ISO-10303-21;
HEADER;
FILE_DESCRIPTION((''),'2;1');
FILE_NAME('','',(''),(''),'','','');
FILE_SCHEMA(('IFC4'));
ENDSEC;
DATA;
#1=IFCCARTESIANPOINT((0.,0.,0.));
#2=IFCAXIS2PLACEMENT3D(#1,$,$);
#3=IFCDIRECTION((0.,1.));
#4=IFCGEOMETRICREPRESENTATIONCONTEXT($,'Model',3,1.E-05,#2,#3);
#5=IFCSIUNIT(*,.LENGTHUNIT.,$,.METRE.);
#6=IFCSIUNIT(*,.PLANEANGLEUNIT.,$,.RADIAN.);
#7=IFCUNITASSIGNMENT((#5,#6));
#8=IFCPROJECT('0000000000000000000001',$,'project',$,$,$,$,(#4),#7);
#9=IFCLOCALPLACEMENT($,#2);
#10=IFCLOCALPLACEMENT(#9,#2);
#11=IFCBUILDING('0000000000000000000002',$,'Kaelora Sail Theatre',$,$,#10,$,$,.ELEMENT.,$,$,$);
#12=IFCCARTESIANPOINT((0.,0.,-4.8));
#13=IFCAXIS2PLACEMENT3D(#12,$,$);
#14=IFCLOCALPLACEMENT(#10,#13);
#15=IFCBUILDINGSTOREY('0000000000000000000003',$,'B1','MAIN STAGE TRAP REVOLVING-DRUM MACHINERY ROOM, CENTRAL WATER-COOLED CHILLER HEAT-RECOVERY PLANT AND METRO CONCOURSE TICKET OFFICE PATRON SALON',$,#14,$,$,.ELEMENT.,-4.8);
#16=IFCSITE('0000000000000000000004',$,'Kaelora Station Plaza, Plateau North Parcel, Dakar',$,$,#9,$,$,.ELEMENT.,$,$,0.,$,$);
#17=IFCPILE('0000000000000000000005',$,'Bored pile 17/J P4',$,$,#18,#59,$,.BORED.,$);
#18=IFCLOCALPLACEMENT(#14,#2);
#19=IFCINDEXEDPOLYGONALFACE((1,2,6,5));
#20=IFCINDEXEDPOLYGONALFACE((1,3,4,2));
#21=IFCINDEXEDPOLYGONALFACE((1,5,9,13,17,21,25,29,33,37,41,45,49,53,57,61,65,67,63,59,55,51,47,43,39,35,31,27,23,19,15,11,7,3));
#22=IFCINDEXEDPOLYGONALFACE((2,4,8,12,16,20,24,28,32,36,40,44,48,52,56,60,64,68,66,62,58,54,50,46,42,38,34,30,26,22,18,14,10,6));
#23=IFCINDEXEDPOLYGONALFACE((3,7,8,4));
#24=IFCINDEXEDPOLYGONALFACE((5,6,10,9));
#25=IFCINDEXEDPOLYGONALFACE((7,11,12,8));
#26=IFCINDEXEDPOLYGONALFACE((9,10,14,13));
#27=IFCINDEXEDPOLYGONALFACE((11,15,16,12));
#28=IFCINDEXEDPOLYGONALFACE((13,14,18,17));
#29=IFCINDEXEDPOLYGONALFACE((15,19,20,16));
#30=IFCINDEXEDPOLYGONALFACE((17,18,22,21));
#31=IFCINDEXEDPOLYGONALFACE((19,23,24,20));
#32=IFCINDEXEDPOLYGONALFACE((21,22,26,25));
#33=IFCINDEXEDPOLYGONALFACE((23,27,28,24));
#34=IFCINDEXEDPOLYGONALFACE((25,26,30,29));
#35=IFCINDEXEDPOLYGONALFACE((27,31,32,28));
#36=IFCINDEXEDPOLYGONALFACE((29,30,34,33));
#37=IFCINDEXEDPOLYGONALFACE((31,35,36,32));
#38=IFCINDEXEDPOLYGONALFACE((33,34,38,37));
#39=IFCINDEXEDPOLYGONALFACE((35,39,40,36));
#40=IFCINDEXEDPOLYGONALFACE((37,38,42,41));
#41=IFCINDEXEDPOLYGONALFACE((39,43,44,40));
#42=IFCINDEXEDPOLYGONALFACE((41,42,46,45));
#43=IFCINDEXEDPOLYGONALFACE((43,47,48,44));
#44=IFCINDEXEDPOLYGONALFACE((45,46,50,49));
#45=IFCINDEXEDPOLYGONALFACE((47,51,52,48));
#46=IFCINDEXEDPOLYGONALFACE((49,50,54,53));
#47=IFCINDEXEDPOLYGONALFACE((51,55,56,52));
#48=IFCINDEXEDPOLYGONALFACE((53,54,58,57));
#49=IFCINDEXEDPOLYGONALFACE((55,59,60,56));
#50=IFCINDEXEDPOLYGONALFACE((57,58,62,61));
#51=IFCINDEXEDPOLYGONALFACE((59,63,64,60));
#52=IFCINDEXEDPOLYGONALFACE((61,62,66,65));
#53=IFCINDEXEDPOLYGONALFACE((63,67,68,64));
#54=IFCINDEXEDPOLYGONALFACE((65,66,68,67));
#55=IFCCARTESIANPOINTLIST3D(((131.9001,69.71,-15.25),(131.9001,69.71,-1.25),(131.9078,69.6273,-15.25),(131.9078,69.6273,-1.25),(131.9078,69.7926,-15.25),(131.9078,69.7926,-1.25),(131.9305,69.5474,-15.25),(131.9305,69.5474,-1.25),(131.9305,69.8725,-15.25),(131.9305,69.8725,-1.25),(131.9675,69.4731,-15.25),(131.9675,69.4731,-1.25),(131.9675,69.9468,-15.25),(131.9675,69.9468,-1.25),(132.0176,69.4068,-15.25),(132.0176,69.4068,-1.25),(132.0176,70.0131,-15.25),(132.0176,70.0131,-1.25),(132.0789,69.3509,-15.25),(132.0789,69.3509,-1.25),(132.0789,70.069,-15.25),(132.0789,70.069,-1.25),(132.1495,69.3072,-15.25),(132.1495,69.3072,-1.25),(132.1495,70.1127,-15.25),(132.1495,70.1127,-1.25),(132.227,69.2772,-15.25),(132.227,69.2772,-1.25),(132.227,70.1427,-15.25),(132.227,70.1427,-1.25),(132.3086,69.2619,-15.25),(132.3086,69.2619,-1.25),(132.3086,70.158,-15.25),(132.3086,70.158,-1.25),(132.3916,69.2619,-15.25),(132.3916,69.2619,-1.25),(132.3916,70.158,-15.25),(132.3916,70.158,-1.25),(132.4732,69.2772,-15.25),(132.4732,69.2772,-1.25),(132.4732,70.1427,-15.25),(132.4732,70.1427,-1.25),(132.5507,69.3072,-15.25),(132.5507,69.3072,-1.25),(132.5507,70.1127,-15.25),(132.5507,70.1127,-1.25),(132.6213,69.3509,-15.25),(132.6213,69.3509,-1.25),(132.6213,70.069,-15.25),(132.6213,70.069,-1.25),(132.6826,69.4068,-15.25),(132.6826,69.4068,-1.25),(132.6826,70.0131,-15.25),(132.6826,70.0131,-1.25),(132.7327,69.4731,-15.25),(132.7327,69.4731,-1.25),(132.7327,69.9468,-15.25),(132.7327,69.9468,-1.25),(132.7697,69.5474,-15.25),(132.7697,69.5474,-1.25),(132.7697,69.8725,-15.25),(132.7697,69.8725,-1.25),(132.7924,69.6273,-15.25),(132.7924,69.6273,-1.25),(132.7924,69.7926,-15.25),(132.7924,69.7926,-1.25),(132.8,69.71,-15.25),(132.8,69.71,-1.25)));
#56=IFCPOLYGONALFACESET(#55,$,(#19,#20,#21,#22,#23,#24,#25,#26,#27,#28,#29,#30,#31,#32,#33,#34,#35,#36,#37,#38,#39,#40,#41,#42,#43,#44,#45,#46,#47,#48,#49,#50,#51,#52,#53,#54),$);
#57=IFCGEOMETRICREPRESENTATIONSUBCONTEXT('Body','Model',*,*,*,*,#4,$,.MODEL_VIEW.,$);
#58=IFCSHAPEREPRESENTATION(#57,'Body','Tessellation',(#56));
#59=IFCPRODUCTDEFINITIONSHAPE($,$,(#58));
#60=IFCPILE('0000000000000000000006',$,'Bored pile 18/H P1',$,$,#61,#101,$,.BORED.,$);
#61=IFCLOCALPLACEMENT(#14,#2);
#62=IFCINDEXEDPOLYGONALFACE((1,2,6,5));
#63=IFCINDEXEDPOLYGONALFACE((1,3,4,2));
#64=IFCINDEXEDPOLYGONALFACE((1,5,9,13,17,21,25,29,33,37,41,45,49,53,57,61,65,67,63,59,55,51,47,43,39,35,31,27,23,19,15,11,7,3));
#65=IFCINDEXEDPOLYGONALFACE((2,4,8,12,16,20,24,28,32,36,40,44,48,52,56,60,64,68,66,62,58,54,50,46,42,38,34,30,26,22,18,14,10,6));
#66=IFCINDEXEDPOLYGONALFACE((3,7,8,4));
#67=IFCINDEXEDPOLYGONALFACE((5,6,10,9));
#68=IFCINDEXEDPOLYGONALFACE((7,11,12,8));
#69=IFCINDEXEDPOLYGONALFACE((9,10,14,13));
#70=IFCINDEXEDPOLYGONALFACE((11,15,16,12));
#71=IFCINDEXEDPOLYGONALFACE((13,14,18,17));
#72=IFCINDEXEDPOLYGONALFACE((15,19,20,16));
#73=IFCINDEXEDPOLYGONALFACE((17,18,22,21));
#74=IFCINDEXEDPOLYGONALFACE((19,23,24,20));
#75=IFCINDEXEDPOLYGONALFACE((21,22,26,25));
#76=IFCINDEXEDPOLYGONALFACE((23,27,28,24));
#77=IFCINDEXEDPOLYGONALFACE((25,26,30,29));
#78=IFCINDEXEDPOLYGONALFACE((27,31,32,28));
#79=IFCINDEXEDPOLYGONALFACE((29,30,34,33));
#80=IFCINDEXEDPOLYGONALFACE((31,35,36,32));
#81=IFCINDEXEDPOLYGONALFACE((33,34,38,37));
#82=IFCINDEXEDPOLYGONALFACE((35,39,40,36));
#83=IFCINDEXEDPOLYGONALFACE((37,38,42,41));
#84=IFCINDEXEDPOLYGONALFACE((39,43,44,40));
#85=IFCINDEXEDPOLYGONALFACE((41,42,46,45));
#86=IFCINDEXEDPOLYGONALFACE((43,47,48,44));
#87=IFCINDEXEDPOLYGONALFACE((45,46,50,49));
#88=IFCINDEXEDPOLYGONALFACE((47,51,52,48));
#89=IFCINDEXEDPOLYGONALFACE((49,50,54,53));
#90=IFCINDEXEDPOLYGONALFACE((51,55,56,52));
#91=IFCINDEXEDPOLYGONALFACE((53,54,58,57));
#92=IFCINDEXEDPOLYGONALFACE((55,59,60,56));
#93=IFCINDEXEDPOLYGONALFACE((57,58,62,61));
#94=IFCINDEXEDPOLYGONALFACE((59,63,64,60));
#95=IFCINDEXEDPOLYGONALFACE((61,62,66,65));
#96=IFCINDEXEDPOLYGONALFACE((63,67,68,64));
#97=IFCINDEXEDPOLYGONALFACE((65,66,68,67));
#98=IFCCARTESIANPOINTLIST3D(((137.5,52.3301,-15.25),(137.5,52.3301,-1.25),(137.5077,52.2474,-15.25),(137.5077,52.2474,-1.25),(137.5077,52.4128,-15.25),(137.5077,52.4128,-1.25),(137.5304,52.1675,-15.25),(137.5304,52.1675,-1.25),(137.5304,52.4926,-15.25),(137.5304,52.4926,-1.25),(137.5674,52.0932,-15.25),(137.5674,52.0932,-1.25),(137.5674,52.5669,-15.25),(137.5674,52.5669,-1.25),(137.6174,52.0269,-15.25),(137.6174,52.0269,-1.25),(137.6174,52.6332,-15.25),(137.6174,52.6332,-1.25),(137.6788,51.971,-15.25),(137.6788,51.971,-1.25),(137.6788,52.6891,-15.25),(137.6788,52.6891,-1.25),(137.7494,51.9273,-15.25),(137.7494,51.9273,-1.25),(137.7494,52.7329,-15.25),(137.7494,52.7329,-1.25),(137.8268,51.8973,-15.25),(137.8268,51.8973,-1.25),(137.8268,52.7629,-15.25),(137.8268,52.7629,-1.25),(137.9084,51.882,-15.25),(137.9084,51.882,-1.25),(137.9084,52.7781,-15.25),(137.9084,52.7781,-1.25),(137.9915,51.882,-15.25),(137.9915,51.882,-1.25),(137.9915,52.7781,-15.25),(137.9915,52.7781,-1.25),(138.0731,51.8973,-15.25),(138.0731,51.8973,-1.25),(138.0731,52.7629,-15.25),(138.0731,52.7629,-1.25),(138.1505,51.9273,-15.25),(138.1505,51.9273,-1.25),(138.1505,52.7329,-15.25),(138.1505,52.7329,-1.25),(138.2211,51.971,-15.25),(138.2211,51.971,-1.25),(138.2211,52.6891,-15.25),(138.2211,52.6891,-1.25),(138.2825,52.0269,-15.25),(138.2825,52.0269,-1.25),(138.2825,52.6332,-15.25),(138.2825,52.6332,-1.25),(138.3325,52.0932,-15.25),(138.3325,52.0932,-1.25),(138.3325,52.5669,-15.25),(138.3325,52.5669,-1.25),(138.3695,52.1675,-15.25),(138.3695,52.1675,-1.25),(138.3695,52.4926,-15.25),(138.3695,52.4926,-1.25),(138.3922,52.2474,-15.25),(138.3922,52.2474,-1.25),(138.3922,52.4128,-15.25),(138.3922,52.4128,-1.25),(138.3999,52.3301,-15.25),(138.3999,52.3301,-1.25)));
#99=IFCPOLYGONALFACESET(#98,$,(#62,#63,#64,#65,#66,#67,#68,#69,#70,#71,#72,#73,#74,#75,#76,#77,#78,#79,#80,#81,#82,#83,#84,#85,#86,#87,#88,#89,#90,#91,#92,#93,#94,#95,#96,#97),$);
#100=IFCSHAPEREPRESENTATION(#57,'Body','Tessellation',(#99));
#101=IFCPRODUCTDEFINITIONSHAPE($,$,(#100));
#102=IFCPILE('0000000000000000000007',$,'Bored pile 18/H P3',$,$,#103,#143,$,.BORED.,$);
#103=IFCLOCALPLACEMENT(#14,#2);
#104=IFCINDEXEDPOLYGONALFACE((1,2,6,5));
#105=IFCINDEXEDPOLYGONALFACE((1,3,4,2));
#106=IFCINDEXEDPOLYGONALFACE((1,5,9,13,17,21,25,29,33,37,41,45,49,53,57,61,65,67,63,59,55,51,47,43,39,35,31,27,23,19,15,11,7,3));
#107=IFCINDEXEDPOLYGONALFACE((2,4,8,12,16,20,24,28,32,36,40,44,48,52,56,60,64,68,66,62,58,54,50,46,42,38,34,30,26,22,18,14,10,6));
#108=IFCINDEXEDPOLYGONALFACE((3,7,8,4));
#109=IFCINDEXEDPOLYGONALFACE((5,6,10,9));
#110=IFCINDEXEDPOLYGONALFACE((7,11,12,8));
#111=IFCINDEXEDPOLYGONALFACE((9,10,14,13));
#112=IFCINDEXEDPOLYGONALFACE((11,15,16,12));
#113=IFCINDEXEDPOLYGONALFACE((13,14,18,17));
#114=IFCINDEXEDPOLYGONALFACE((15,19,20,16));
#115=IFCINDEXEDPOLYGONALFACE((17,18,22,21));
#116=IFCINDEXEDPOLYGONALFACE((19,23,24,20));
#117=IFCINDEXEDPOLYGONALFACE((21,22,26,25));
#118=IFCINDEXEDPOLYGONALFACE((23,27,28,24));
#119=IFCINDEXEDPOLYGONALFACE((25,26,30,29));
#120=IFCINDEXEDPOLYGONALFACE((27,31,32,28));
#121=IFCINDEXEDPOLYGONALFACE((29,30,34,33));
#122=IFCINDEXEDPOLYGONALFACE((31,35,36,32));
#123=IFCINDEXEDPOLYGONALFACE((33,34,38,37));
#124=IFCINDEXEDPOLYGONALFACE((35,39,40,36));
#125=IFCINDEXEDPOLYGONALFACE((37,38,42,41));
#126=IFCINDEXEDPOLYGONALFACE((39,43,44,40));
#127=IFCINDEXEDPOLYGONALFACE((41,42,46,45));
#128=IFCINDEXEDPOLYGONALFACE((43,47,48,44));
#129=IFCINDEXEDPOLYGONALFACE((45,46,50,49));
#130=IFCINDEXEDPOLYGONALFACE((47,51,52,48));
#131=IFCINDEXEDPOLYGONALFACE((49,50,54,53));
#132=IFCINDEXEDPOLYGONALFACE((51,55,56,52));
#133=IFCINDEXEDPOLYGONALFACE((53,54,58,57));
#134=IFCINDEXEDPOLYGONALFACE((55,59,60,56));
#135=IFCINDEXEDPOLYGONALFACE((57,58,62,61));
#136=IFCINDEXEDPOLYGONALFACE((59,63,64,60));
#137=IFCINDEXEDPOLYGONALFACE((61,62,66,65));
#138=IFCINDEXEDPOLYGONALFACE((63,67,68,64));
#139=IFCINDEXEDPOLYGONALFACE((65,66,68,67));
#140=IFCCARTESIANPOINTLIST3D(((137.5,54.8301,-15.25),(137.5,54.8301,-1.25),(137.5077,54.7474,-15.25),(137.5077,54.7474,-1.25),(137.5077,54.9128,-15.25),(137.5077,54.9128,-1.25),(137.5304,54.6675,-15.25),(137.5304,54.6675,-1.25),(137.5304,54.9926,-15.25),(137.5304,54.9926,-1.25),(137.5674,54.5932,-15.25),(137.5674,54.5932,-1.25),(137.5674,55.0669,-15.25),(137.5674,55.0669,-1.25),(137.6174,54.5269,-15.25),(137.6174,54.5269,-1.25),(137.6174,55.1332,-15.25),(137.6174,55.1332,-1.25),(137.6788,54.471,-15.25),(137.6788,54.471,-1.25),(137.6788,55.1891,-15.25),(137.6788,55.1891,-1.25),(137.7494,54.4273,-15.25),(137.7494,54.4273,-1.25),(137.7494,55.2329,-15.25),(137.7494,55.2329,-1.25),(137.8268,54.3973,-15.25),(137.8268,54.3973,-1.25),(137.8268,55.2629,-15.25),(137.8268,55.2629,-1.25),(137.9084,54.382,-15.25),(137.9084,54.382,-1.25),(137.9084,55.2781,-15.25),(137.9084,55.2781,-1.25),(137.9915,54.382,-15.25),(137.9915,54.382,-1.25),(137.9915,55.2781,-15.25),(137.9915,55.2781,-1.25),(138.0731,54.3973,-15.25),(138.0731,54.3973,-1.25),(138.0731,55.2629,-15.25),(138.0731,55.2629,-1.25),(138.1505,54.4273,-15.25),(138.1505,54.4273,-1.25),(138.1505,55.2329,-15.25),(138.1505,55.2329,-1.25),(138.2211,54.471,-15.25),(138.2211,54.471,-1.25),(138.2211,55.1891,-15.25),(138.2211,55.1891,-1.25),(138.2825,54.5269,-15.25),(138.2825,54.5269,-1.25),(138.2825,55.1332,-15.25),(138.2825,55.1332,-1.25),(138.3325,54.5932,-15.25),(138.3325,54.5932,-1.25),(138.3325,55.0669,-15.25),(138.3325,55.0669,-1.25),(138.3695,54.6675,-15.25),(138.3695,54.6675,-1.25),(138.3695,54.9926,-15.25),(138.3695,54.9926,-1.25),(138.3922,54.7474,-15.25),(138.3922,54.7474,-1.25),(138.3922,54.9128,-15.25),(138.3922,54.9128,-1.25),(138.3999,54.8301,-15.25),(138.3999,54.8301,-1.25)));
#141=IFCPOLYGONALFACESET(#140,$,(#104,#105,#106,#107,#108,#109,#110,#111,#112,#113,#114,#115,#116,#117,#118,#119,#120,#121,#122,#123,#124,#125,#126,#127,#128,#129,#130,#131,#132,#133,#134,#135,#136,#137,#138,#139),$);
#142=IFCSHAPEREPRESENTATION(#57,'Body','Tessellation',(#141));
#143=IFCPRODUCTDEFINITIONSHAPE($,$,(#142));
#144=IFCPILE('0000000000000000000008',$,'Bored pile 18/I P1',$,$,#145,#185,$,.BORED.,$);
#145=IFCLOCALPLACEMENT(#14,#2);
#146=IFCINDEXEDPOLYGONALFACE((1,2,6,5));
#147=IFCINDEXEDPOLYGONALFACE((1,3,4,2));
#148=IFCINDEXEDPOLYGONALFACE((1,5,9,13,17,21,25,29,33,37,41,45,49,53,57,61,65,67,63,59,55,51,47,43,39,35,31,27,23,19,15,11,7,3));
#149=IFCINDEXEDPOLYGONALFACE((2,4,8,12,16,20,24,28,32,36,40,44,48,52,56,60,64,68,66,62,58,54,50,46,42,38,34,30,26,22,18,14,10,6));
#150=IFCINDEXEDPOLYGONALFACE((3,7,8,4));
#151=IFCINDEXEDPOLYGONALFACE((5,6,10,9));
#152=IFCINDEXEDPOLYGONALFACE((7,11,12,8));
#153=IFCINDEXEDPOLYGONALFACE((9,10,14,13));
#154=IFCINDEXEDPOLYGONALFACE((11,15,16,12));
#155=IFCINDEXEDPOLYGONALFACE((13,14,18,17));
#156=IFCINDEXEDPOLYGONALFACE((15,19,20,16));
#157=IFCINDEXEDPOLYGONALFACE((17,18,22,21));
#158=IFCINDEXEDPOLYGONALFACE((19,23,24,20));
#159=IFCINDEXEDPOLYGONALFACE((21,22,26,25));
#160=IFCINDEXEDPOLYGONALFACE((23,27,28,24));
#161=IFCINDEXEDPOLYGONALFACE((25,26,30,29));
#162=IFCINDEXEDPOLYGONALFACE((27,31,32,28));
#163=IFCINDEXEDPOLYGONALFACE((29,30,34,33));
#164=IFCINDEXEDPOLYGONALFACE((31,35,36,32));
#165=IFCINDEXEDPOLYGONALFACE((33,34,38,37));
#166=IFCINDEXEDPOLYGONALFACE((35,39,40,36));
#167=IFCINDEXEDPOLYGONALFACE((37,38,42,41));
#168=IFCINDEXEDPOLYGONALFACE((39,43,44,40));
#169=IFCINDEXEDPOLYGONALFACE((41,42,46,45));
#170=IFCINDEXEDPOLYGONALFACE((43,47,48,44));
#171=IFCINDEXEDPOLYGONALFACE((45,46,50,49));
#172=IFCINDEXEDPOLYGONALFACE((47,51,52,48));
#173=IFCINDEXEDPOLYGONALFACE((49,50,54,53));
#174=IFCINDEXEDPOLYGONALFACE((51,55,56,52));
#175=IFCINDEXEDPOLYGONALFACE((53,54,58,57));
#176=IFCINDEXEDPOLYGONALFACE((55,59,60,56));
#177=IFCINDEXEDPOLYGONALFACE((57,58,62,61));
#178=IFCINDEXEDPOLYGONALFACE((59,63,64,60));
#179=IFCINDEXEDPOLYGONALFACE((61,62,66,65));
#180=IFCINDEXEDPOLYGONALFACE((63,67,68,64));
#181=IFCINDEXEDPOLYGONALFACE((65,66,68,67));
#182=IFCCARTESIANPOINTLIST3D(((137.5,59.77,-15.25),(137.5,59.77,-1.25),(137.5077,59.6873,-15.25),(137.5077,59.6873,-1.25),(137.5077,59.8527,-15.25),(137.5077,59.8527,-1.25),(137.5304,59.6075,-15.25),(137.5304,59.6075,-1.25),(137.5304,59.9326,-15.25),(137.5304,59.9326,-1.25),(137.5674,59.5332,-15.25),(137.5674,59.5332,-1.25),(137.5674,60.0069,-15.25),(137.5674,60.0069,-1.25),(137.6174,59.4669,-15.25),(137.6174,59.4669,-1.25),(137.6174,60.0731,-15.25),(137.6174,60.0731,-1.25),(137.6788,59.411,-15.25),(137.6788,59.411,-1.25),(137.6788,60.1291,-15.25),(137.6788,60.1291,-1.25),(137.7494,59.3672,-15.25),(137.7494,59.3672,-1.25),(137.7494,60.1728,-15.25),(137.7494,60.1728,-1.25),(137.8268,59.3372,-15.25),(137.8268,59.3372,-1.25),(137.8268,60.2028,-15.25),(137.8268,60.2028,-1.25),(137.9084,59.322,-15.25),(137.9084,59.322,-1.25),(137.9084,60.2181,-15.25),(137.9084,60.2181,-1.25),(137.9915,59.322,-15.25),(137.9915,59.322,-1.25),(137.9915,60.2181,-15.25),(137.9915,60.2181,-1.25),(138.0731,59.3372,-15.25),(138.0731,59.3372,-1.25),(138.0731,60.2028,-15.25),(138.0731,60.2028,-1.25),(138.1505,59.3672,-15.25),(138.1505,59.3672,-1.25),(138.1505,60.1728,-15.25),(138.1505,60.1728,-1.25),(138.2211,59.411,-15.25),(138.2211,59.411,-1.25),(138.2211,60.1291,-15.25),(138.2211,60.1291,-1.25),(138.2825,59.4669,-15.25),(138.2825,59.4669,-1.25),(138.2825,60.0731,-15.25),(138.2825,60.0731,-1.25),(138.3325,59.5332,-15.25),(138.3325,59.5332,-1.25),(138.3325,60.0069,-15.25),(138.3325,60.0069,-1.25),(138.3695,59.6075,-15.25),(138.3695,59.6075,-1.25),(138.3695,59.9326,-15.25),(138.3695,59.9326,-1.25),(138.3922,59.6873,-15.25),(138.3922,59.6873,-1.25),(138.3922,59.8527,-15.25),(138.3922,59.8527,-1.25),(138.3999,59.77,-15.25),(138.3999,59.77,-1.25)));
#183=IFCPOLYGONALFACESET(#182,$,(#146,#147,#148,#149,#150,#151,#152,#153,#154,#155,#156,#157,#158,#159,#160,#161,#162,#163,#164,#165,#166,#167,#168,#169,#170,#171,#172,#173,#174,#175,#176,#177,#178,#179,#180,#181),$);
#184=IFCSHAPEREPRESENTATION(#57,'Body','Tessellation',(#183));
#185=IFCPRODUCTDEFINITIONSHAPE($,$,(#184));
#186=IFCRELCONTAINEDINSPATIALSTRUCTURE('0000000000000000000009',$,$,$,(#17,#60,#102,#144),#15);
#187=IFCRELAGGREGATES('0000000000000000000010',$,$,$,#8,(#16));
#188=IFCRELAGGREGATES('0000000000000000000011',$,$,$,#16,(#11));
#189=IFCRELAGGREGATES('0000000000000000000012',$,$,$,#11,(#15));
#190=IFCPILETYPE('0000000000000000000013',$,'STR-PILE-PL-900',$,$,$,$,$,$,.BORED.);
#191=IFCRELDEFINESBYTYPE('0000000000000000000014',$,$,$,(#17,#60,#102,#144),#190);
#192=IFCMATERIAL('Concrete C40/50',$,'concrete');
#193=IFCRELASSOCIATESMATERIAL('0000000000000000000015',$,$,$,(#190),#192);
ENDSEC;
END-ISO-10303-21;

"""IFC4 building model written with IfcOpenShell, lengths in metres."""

from ifc_helpers import new_model, si_unit, direction, frame, origin, origin_2d, place, context, subcontext, project, spatial, circle, extrude, material, material_profile, profile_set, type_object, element, save


model = new_model("IFC4")

# Units and contexts
model_context = context("Model", 3, precision=1e-05, world=origin(), true_north=direction((0.0, 1.0)))
body_context = subcontext(model_context, "Body", "Model", "MODEL_VIEW")
ifc_project = project(units=[si_unit("LENGTHUNIT", "METRE"), si_unit("PLANEANGLEUNIT", "RADIAN")], contexts=[model_context])

# Site, building, storey
site_placement = place(None, origin())
site = spatial("IfcSite", under=ifc_project, at=site_placement, Name="Kaelora Station Plaza, Plateau North Parcel, Dakar", CompositionType="ELEMENT", RefElevation=0.0)
building_placement = place(site_placement, origin())
building = spatial("IfcBuilding", under=site, at=building_placement, Name="Kaelora Sail Theatre", CompositionType="ELEMENT")
storey_placement = place(building_placement, frame((0.0, 0.0, -4.8)))
storey = spatial("IfcBuildingStorey", under=building, at=storey_placement, Name="B1", Description="MAIN STAGE TRAP REVOLVING-DRUM MACHINERY ROOM, CENTRAL WATER-COOLED CHILLER HEAT-RECOVERY PLANT AND METRO CONCOURSE TICKET OFFICE PATRON SALON", CompositionType="ELEMENT", Elevation=-4.8)

# Piles
ifc_material_1 = material(Name="Concrete C40/50", Category="concrete")
ifc_material_profile_1 = material_profile(ifc_material_1, circle(Radius=0.45, at=origin_2d()), Name="PILE D900")
ifc_profile_set_1 = profile_set([ifc_material_profile_1], Name="Concrete C40/50")
pile_type_1 = type_object("IfcPileType", Name="STR-PILE-PL-900", PredefinedType="BORED", material=ifc_profile_set_1)
for number, where, z_axis, x_axis, name in (
    (1, (132.3501, 69.71, -1.25), (0.0, 0.0, -1.0), (1.0, 0.0, 0.0), "Bored pile 17/J P4"),
    (2, (137.95, 52.3301, -1.25), (0.0, 0.0, -1.0), (1.0, 0.0, 0.0), "Bored pile 18/H P1"),
    (3, (137.95, 54.8301, -1.25), (0.0, 0.0, -1.0), (1.0, 0.0, 0.0), "Bored pile 18/H P3"),
    (4, (137.95, 59.77, -1.25), (0.0, 0.0, -1.0), (1.0, 0.0, 0.0), "Bored pile 18/I P1"),
):
    element("IfcPile", number, at=place(storey_placement, frame(where, z_axis=z_axis, x_axis=x_axis)), inside=storey, type_object=pile_type_1, Name=name, PredefinedType="BORED", context=body_context, shape_type="SweptSolid", body=[
        extrude(circle(Radius=0.45, at=origin_2d()), origin(), (0.0, 0.0, 1.0), 14.0),
    ])

save(model, "model.ifc")
